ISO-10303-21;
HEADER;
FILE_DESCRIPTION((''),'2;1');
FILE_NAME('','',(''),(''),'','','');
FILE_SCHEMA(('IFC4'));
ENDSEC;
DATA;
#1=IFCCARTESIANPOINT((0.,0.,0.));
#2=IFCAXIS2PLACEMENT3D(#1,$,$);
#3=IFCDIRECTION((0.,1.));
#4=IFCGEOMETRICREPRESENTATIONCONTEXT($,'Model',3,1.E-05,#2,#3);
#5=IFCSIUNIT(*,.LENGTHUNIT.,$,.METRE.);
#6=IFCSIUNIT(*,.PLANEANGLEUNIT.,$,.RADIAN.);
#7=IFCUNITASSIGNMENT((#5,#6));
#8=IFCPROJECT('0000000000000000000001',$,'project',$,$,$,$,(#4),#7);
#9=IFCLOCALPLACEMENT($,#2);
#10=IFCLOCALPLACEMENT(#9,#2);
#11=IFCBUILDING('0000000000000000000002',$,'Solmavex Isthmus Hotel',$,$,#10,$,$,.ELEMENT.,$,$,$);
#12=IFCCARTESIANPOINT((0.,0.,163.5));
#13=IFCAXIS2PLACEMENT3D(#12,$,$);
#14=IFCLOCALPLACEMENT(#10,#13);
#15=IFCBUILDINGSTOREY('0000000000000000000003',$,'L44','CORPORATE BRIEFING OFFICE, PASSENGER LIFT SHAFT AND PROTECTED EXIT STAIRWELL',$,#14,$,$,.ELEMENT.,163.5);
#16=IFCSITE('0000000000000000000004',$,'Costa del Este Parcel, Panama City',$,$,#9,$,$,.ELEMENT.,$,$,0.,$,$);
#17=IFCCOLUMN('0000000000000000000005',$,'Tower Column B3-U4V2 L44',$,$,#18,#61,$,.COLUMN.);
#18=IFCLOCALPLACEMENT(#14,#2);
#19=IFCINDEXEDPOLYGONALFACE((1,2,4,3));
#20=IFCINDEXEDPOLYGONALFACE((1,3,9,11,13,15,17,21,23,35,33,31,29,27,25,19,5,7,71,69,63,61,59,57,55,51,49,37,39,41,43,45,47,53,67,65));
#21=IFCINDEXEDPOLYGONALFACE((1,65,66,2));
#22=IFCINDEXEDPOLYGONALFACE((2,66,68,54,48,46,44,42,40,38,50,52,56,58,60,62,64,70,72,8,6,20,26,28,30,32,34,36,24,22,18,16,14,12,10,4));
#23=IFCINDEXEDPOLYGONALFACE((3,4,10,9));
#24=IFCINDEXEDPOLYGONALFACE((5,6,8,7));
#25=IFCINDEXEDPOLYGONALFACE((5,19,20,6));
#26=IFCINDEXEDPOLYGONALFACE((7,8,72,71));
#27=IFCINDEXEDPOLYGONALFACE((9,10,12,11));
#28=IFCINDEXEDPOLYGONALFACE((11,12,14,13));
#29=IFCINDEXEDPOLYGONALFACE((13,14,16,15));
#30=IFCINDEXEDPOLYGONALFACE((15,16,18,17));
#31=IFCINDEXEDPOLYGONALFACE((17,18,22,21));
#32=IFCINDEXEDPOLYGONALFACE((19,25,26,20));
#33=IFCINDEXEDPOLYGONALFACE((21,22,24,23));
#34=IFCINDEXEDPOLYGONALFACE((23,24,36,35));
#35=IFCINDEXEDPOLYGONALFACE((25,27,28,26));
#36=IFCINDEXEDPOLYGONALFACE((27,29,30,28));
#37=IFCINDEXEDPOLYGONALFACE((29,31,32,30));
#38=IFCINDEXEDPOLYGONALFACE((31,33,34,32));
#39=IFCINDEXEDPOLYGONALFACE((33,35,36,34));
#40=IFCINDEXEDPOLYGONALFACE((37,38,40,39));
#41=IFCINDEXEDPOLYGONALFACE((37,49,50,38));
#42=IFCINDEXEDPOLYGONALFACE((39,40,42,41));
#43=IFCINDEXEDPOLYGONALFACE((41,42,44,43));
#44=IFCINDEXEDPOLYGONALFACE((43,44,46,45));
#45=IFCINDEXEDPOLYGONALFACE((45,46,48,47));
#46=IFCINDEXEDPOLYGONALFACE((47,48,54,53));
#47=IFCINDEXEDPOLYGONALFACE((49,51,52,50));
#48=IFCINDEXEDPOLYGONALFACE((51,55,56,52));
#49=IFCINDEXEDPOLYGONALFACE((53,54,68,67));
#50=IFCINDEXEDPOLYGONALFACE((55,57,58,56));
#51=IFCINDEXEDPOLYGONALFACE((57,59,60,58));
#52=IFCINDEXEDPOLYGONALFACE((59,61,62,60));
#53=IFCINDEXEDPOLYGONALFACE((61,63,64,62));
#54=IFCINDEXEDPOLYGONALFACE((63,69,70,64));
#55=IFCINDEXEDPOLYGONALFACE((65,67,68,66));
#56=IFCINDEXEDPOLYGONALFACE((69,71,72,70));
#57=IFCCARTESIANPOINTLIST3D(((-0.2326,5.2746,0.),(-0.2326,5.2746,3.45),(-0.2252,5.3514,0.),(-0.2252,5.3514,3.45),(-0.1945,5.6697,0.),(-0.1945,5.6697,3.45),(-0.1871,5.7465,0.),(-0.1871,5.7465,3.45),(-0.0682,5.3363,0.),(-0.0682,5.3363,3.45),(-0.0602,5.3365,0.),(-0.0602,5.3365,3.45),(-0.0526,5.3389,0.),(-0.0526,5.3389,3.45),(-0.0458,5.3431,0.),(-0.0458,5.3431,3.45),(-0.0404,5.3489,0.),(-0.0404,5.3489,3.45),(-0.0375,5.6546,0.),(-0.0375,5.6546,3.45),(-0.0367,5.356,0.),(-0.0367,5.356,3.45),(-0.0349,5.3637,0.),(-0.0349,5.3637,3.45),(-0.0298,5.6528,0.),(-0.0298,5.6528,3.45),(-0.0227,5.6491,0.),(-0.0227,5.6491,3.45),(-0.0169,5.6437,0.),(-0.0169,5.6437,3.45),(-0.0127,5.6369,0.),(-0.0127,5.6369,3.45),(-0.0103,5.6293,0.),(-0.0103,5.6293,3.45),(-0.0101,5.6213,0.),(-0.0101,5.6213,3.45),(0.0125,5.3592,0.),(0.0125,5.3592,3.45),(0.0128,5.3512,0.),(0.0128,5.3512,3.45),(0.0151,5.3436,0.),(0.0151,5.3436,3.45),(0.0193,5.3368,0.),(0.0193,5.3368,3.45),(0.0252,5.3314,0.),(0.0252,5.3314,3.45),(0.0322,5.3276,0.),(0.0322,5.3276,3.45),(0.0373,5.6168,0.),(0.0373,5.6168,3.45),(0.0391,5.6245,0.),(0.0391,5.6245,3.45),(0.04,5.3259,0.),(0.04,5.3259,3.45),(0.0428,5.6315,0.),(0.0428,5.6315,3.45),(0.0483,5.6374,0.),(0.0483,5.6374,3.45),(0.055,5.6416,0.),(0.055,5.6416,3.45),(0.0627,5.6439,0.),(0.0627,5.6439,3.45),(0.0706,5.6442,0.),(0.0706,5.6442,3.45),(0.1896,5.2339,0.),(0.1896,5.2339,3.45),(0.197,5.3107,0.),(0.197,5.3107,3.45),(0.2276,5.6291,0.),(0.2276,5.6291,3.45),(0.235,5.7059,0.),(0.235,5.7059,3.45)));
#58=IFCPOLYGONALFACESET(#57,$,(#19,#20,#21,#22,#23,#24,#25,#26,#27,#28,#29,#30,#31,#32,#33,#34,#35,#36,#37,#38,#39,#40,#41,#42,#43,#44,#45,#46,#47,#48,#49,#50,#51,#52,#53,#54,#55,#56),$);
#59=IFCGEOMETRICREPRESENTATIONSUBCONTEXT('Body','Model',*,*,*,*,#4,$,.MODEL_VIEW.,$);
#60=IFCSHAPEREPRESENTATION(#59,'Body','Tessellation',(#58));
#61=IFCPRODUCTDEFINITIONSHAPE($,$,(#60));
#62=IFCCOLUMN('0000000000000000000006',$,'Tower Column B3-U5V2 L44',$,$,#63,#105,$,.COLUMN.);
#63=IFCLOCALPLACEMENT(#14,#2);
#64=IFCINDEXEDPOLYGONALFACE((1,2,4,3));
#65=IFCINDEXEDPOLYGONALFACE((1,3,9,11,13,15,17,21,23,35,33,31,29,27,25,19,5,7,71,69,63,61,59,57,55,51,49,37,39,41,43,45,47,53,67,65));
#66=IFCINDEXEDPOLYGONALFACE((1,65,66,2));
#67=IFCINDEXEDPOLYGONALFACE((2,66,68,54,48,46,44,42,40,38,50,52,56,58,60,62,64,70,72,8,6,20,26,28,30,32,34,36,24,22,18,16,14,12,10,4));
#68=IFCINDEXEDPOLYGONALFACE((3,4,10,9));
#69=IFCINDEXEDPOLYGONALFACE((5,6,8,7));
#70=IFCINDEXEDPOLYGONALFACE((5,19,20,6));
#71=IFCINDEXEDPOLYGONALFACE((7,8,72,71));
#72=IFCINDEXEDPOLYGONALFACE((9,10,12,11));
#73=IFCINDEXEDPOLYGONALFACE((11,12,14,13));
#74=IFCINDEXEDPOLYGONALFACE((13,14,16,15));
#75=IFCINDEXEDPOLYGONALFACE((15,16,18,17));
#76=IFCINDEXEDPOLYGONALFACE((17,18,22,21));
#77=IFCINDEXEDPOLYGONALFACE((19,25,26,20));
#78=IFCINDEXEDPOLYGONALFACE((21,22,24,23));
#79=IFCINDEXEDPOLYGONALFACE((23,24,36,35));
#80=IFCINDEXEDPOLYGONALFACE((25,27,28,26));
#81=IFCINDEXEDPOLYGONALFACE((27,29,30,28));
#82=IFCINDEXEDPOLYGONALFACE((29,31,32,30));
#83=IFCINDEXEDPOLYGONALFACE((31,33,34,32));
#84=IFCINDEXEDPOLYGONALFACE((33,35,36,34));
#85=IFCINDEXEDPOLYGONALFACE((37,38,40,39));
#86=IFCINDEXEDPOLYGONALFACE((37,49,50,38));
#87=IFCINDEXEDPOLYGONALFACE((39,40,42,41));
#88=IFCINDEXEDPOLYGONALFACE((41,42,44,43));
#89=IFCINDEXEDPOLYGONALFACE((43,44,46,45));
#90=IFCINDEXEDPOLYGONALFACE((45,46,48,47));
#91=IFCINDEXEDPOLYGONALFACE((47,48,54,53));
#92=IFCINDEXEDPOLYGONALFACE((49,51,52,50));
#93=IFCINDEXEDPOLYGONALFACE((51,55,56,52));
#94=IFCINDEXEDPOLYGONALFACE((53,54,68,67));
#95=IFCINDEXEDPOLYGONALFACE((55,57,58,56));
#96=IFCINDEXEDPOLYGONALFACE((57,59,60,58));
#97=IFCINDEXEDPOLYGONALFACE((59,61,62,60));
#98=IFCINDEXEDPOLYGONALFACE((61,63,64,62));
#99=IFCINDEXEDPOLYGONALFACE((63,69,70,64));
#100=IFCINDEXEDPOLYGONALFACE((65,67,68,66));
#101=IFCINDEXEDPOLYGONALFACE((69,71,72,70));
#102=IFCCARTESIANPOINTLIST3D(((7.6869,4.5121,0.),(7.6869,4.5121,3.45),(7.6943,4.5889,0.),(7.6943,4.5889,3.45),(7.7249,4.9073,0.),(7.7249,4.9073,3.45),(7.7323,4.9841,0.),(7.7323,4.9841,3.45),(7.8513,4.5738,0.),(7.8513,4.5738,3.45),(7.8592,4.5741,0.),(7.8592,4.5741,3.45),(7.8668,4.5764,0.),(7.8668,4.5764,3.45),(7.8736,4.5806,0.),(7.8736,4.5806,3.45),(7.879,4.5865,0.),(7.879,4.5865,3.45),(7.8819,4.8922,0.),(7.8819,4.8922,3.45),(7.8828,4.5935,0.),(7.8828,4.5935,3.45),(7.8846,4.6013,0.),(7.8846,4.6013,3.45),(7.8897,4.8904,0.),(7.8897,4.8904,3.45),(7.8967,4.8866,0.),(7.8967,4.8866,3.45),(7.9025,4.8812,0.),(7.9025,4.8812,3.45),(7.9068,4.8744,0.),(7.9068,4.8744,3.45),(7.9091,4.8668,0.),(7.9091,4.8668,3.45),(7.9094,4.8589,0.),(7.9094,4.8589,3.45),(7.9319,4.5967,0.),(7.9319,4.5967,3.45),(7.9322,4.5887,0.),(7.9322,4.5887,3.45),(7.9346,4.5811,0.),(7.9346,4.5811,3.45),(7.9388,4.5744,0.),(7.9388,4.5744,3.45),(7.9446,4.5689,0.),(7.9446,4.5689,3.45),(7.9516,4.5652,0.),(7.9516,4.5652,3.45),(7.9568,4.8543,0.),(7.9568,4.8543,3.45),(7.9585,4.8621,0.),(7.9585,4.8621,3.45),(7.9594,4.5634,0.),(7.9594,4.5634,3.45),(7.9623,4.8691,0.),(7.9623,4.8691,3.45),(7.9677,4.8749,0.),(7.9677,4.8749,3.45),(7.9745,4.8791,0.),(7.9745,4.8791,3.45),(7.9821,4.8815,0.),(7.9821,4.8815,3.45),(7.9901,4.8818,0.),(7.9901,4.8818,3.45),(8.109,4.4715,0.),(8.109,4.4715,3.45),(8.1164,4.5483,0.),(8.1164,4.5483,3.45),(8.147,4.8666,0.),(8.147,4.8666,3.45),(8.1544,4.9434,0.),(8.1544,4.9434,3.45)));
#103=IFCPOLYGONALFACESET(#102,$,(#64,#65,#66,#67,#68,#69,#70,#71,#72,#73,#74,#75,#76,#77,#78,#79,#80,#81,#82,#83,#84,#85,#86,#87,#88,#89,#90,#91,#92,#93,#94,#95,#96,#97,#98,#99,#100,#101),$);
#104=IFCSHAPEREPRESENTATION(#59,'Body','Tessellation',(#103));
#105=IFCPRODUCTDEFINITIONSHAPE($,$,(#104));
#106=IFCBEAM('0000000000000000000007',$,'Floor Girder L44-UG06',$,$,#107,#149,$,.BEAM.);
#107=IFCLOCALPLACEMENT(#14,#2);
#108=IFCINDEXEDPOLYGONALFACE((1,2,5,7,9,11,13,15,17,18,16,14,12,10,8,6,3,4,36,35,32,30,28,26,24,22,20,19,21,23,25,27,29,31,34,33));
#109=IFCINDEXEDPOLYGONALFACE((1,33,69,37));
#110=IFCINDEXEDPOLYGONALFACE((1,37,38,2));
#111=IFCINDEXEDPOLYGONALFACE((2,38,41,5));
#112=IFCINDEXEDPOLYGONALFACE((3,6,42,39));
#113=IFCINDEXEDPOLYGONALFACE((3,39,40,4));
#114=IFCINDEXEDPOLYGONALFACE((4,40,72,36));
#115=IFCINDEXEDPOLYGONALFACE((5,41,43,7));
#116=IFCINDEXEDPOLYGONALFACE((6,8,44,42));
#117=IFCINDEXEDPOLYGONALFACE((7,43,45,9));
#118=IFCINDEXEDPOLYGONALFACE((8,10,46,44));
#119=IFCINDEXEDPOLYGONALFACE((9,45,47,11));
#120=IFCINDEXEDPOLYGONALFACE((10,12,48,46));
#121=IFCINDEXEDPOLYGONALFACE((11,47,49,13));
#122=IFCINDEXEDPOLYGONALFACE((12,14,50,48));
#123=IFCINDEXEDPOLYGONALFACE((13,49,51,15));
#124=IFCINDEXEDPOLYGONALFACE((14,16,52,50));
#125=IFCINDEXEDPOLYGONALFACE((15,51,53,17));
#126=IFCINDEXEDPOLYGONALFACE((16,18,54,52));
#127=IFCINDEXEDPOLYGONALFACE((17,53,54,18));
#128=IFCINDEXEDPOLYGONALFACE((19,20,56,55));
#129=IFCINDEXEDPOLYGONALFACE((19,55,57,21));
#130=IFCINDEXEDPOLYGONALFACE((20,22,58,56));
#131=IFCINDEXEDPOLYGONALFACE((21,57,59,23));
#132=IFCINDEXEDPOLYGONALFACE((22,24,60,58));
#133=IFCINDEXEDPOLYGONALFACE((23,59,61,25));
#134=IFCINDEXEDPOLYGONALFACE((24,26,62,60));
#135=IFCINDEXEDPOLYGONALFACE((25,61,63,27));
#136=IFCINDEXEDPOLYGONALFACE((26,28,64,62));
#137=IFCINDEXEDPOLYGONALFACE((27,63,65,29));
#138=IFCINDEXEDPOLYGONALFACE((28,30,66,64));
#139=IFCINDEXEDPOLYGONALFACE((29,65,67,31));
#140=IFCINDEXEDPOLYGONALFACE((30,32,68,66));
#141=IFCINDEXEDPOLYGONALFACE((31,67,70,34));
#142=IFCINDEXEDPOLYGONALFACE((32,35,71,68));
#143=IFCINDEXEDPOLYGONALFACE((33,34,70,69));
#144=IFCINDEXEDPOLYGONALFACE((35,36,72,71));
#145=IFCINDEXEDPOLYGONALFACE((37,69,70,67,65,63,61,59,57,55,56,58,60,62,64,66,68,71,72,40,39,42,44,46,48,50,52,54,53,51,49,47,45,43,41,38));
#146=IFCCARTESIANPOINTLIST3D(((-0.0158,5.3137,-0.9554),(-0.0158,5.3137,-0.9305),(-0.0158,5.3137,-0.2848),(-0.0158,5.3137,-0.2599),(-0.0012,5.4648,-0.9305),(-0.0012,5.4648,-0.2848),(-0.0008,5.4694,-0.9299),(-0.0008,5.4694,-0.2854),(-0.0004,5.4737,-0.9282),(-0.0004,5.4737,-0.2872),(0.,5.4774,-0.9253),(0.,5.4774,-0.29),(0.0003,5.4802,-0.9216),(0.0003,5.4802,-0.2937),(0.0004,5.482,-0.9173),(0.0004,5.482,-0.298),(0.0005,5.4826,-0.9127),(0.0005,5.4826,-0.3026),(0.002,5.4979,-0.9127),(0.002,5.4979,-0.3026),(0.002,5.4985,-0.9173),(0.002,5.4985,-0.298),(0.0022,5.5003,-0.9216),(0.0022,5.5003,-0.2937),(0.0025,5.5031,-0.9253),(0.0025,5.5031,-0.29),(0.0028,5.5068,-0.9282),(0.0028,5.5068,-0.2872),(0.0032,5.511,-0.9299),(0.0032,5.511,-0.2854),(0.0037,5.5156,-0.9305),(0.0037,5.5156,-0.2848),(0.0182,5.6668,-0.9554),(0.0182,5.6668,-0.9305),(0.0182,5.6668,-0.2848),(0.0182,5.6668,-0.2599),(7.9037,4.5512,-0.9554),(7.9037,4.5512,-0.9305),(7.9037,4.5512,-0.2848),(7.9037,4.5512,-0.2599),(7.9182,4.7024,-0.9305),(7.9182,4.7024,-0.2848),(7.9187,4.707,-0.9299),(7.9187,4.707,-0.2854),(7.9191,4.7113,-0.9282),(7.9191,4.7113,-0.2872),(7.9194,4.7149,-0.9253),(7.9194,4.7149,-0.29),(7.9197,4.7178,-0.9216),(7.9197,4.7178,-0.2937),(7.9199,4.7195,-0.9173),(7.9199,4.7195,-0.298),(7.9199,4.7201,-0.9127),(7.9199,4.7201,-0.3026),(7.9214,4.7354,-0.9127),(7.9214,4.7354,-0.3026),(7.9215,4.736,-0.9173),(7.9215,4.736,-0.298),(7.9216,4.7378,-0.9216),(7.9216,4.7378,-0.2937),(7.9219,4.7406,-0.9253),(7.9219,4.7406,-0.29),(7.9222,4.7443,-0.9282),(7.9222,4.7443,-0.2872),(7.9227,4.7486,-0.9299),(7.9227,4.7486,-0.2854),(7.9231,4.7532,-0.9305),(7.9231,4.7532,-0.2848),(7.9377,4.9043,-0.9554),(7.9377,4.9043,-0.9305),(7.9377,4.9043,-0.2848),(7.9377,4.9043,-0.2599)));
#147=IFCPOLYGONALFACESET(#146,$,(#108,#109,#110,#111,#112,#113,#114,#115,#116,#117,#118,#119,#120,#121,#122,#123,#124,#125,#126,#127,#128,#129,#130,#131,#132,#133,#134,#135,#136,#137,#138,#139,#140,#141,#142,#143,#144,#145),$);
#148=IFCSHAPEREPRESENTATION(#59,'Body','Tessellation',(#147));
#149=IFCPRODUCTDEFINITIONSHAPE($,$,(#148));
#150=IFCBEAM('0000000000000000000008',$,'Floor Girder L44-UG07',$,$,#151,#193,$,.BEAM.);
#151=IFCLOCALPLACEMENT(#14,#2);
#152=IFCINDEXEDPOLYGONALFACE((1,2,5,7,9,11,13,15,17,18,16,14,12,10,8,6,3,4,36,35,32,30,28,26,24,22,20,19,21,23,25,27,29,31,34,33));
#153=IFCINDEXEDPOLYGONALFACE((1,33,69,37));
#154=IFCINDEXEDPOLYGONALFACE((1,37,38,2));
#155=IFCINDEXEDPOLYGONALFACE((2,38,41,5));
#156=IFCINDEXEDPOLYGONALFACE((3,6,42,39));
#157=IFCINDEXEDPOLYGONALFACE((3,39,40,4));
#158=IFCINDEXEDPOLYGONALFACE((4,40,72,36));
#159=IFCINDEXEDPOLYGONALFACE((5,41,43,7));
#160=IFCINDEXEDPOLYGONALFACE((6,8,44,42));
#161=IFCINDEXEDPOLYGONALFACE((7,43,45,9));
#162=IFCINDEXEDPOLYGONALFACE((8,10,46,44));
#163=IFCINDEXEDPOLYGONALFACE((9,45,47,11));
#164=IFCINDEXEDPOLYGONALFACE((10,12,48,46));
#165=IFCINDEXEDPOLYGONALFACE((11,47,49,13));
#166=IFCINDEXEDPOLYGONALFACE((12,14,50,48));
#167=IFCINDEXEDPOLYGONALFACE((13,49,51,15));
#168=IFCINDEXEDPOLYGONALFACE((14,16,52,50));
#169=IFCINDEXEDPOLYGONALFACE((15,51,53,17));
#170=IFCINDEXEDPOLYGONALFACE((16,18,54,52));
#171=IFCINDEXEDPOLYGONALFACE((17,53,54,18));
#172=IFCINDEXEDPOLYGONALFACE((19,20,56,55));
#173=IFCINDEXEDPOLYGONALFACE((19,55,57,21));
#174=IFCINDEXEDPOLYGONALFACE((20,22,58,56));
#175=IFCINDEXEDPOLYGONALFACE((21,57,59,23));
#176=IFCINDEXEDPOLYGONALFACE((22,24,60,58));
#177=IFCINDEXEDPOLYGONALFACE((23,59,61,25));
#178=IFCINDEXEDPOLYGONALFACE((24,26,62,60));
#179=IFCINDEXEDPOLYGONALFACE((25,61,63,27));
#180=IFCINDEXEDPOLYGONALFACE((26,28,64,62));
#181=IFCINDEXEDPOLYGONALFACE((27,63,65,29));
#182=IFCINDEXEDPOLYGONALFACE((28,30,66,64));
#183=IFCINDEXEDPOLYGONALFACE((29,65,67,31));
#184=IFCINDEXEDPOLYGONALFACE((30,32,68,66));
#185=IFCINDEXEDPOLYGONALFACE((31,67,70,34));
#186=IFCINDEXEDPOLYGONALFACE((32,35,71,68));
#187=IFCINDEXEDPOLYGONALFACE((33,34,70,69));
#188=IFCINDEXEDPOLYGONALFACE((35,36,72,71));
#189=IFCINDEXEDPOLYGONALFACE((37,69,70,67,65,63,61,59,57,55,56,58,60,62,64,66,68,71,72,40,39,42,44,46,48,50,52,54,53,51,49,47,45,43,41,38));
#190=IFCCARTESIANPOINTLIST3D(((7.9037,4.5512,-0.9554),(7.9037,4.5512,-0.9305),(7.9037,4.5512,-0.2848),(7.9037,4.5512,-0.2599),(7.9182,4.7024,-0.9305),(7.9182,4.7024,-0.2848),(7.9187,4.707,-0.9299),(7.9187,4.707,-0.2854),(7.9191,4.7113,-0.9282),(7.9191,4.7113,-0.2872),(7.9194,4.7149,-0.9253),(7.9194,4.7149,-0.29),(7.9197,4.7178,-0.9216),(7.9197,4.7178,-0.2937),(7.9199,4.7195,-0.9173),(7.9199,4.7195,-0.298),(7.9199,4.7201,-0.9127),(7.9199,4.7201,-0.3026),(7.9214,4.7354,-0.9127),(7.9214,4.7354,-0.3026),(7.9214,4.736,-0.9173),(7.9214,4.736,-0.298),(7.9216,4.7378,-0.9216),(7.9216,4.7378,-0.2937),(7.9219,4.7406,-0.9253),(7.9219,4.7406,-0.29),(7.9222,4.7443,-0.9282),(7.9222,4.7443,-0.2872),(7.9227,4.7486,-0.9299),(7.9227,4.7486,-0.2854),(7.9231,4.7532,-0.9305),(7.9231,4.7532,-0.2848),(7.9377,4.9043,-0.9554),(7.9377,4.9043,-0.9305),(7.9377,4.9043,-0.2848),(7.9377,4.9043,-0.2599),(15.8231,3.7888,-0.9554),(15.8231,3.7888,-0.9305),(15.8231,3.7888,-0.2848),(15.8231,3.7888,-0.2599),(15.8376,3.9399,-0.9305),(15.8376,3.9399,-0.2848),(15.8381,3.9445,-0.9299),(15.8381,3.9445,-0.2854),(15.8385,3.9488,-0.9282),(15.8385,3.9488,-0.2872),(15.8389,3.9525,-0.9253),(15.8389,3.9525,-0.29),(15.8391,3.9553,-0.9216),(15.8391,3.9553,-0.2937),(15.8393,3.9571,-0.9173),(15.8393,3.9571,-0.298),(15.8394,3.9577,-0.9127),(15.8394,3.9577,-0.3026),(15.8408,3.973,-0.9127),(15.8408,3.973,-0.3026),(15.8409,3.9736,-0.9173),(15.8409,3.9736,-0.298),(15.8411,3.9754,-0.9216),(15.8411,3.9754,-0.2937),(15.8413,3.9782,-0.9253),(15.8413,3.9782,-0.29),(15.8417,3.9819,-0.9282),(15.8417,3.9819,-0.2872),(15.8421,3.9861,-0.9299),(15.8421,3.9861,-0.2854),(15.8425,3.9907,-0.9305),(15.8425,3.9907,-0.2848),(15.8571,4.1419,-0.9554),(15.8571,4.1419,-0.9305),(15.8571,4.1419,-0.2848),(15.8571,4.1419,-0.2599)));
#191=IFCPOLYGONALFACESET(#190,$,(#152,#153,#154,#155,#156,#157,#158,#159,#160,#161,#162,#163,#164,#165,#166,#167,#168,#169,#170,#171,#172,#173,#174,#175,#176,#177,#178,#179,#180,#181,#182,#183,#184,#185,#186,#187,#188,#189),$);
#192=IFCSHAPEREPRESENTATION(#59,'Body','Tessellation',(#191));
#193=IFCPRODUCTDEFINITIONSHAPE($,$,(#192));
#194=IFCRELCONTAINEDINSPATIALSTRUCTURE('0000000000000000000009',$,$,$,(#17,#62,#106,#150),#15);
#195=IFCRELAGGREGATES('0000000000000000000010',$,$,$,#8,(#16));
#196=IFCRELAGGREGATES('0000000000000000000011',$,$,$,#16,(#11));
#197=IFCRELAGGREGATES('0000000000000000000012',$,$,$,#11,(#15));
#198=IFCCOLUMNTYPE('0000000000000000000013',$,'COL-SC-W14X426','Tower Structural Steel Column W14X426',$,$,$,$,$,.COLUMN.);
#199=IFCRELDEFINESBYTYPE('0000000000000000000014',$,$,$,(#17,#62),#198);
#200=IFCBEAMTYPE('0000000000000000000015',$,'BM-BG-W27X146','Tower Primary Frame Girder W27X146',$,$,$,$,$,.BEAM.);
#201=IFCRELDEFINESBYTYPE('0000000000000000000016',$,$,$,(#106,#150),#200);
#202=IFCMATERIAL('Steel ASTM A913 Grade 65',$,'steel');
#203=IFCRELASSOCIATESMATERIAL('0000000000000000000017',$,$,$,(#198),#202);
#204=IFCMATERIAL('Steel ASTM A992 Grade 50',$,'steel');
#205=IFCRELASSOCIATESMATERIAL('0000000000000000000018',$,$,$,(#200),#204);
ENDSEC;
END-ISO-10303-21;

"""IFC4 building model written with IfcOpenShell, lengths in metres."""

from ifc_helpers import new_model, si_unit, direction, frame, origin, origin_2d, place, context, subcontext, project, spatial, i_section, extrude, material, material_profile, profile_set, type_object, element, save


model = new_model("IFC4")

# Units and contexts
model_context = context("Model", 3, precision=1e-05, world=origin(), true_north=direction((0.0, 1.0)))
body_context = subcontext(model_context, "Body", "Model", "MODEL_VIEW")
ifc_project = project(units=[si_unit("LENGTHUNIT", "METRE"), si_unit("PLANEANGLEUNIT", "RADIAN")], contexts=[model_context])

# Site, building, storey
site_placement = place(None, origin())
site = spatial("IfcSite", under=ifc_project, at=site_placement, Name="Costa del Este Parcel, Panama City", CompositionType="ELEMENT", RefElevation=0.0)
building_placement = place(site_placement, origin())
building = spatial("IfcBuilding", under=site, at=building_placement, Name="Solmavex Isthmus Hotel", CompositionType="ELEMENT")
storey_placement = place(building_placement, frame((0.0, 0.0, 163.5)))
storey = spatial("IfcBuildingStorey", under=building, at=storey_placement, Name="L44", Description="CORPORATE BRIEFING OFFICE, PASSENGER LIFT SHAFT AND PROTECTED EXIT STAIRWELL", CompositionType="ELEMENT", Elevation=163.5)

# Columns
ifc_material_1 = material(Name="Steel ASTM A913 Grade 65", Category="steel")
ifc_material_profile_1 = material_profile(ifc_material_1, i_section(OverallWidth=0.4241, OverallDepth=0.4741, WebThickness=0.0476, FlangeThickness=0.0771, FilletRadius=0.0305, at=origin_2d()), Name="W14X426")
ifc_profile_set_1 = profile_set([ifc_material_profile_1], Name="Steel ASTM A913 Grade 65")
column_type = type_object("IfcColumnType", Name="COL-SC-W14X426", Description="Tower Structural Steel Column W14X426", PredefinedType="COLUMN", material=ifc_profile_set_1)
for number, where, z_axis, x_axis, name in (
    (1, (0.0012, 5.4902, 0.0), (0.0, 0.0, 1.0), (0.995396, -0.095846, 0.0), "Tower Column B3-U4V2 L44"),
    (2, (7.9207, 4.7278, 0.0), (0.0, 0.0, 1.0), (0.995396, -0.095846, 0.0), "Tower Column B3-U5V2 L44"),
):
    element("IfcColumn", number, at=place(storey_placement, frame(where, z_axis=z_axis, x_axis=x_axis)), inside=storey, type_object=column_type, Name=name, PredefinedType="COLUMN", context=body_context, shape_type="SweptSolid", body=[
        extrude(i_section(OverallWidth=0.4241, OverallDepth=0.4741, WebThickness=0.0476, FlangeThickness=0.0771, FilletRadius=0.0305, at=origin_2d()), origin(), (0.0, 0.0, 1.0), 3.45),
    ])

# Beams
ifc_material_2 = material(Name="Steel ASTM A992 Grade 50", Category="steel")
ifc_material_profile_2 = material_profile(ifc_material_2, i_section(OverallWidth=0.3547, OverallDepth=0.6956, WebThickness=0.0154, FlangeThickness=0.0249, FilletRadius=0.0178, at=origin_2d()), Name="W27X146")
ifc_profile_set_2 = profile_set([ifc_material_profile_2], Name="Steel ASTM A992 Grade 50")
beam_type_1 = type_object("IfcBeamType", Name="BM-BG-W27X146", Description="Tower Primary Frame Girder W27X146", PredefinedType="BEAM", material=ifc_profile_set_2)
for number, where, z_axis, x_axis, name in (
    (3, (0.0012, 5.4902, -0.6077), (0.995397, -0.095833, 0.0), (0.095833, 0.995397, 0.0), "Floor Girder L44-UG06"),
    (4, (7.9207, 4.7278, -0.6077), (0.995397, -0.095833, 0.0), (0.095833, 0.995397, 0.0), "Floor Girder L44-UG07"),
):
    element("IfcBeam", number, at=place(storey_placement, frame(where, z_axis=z_axis, x_axis=x_axis)), inside=storey, type_object=beam_type_1, Name=name, PredefinedType="BEAM", context=body_context, shape_type="SweptSolid", body=[
        extrude(i_section(OverallWidth=0.3547, OverallDepth=0.6956, WebThickness=0.0154, FlangeThickness=0.0249, FilletRadius=0.0178, at=origin_2d()), origin(), (0.0, 0.0, 1.0), 7.9561),
    ])

save(model, "model.ifc")
